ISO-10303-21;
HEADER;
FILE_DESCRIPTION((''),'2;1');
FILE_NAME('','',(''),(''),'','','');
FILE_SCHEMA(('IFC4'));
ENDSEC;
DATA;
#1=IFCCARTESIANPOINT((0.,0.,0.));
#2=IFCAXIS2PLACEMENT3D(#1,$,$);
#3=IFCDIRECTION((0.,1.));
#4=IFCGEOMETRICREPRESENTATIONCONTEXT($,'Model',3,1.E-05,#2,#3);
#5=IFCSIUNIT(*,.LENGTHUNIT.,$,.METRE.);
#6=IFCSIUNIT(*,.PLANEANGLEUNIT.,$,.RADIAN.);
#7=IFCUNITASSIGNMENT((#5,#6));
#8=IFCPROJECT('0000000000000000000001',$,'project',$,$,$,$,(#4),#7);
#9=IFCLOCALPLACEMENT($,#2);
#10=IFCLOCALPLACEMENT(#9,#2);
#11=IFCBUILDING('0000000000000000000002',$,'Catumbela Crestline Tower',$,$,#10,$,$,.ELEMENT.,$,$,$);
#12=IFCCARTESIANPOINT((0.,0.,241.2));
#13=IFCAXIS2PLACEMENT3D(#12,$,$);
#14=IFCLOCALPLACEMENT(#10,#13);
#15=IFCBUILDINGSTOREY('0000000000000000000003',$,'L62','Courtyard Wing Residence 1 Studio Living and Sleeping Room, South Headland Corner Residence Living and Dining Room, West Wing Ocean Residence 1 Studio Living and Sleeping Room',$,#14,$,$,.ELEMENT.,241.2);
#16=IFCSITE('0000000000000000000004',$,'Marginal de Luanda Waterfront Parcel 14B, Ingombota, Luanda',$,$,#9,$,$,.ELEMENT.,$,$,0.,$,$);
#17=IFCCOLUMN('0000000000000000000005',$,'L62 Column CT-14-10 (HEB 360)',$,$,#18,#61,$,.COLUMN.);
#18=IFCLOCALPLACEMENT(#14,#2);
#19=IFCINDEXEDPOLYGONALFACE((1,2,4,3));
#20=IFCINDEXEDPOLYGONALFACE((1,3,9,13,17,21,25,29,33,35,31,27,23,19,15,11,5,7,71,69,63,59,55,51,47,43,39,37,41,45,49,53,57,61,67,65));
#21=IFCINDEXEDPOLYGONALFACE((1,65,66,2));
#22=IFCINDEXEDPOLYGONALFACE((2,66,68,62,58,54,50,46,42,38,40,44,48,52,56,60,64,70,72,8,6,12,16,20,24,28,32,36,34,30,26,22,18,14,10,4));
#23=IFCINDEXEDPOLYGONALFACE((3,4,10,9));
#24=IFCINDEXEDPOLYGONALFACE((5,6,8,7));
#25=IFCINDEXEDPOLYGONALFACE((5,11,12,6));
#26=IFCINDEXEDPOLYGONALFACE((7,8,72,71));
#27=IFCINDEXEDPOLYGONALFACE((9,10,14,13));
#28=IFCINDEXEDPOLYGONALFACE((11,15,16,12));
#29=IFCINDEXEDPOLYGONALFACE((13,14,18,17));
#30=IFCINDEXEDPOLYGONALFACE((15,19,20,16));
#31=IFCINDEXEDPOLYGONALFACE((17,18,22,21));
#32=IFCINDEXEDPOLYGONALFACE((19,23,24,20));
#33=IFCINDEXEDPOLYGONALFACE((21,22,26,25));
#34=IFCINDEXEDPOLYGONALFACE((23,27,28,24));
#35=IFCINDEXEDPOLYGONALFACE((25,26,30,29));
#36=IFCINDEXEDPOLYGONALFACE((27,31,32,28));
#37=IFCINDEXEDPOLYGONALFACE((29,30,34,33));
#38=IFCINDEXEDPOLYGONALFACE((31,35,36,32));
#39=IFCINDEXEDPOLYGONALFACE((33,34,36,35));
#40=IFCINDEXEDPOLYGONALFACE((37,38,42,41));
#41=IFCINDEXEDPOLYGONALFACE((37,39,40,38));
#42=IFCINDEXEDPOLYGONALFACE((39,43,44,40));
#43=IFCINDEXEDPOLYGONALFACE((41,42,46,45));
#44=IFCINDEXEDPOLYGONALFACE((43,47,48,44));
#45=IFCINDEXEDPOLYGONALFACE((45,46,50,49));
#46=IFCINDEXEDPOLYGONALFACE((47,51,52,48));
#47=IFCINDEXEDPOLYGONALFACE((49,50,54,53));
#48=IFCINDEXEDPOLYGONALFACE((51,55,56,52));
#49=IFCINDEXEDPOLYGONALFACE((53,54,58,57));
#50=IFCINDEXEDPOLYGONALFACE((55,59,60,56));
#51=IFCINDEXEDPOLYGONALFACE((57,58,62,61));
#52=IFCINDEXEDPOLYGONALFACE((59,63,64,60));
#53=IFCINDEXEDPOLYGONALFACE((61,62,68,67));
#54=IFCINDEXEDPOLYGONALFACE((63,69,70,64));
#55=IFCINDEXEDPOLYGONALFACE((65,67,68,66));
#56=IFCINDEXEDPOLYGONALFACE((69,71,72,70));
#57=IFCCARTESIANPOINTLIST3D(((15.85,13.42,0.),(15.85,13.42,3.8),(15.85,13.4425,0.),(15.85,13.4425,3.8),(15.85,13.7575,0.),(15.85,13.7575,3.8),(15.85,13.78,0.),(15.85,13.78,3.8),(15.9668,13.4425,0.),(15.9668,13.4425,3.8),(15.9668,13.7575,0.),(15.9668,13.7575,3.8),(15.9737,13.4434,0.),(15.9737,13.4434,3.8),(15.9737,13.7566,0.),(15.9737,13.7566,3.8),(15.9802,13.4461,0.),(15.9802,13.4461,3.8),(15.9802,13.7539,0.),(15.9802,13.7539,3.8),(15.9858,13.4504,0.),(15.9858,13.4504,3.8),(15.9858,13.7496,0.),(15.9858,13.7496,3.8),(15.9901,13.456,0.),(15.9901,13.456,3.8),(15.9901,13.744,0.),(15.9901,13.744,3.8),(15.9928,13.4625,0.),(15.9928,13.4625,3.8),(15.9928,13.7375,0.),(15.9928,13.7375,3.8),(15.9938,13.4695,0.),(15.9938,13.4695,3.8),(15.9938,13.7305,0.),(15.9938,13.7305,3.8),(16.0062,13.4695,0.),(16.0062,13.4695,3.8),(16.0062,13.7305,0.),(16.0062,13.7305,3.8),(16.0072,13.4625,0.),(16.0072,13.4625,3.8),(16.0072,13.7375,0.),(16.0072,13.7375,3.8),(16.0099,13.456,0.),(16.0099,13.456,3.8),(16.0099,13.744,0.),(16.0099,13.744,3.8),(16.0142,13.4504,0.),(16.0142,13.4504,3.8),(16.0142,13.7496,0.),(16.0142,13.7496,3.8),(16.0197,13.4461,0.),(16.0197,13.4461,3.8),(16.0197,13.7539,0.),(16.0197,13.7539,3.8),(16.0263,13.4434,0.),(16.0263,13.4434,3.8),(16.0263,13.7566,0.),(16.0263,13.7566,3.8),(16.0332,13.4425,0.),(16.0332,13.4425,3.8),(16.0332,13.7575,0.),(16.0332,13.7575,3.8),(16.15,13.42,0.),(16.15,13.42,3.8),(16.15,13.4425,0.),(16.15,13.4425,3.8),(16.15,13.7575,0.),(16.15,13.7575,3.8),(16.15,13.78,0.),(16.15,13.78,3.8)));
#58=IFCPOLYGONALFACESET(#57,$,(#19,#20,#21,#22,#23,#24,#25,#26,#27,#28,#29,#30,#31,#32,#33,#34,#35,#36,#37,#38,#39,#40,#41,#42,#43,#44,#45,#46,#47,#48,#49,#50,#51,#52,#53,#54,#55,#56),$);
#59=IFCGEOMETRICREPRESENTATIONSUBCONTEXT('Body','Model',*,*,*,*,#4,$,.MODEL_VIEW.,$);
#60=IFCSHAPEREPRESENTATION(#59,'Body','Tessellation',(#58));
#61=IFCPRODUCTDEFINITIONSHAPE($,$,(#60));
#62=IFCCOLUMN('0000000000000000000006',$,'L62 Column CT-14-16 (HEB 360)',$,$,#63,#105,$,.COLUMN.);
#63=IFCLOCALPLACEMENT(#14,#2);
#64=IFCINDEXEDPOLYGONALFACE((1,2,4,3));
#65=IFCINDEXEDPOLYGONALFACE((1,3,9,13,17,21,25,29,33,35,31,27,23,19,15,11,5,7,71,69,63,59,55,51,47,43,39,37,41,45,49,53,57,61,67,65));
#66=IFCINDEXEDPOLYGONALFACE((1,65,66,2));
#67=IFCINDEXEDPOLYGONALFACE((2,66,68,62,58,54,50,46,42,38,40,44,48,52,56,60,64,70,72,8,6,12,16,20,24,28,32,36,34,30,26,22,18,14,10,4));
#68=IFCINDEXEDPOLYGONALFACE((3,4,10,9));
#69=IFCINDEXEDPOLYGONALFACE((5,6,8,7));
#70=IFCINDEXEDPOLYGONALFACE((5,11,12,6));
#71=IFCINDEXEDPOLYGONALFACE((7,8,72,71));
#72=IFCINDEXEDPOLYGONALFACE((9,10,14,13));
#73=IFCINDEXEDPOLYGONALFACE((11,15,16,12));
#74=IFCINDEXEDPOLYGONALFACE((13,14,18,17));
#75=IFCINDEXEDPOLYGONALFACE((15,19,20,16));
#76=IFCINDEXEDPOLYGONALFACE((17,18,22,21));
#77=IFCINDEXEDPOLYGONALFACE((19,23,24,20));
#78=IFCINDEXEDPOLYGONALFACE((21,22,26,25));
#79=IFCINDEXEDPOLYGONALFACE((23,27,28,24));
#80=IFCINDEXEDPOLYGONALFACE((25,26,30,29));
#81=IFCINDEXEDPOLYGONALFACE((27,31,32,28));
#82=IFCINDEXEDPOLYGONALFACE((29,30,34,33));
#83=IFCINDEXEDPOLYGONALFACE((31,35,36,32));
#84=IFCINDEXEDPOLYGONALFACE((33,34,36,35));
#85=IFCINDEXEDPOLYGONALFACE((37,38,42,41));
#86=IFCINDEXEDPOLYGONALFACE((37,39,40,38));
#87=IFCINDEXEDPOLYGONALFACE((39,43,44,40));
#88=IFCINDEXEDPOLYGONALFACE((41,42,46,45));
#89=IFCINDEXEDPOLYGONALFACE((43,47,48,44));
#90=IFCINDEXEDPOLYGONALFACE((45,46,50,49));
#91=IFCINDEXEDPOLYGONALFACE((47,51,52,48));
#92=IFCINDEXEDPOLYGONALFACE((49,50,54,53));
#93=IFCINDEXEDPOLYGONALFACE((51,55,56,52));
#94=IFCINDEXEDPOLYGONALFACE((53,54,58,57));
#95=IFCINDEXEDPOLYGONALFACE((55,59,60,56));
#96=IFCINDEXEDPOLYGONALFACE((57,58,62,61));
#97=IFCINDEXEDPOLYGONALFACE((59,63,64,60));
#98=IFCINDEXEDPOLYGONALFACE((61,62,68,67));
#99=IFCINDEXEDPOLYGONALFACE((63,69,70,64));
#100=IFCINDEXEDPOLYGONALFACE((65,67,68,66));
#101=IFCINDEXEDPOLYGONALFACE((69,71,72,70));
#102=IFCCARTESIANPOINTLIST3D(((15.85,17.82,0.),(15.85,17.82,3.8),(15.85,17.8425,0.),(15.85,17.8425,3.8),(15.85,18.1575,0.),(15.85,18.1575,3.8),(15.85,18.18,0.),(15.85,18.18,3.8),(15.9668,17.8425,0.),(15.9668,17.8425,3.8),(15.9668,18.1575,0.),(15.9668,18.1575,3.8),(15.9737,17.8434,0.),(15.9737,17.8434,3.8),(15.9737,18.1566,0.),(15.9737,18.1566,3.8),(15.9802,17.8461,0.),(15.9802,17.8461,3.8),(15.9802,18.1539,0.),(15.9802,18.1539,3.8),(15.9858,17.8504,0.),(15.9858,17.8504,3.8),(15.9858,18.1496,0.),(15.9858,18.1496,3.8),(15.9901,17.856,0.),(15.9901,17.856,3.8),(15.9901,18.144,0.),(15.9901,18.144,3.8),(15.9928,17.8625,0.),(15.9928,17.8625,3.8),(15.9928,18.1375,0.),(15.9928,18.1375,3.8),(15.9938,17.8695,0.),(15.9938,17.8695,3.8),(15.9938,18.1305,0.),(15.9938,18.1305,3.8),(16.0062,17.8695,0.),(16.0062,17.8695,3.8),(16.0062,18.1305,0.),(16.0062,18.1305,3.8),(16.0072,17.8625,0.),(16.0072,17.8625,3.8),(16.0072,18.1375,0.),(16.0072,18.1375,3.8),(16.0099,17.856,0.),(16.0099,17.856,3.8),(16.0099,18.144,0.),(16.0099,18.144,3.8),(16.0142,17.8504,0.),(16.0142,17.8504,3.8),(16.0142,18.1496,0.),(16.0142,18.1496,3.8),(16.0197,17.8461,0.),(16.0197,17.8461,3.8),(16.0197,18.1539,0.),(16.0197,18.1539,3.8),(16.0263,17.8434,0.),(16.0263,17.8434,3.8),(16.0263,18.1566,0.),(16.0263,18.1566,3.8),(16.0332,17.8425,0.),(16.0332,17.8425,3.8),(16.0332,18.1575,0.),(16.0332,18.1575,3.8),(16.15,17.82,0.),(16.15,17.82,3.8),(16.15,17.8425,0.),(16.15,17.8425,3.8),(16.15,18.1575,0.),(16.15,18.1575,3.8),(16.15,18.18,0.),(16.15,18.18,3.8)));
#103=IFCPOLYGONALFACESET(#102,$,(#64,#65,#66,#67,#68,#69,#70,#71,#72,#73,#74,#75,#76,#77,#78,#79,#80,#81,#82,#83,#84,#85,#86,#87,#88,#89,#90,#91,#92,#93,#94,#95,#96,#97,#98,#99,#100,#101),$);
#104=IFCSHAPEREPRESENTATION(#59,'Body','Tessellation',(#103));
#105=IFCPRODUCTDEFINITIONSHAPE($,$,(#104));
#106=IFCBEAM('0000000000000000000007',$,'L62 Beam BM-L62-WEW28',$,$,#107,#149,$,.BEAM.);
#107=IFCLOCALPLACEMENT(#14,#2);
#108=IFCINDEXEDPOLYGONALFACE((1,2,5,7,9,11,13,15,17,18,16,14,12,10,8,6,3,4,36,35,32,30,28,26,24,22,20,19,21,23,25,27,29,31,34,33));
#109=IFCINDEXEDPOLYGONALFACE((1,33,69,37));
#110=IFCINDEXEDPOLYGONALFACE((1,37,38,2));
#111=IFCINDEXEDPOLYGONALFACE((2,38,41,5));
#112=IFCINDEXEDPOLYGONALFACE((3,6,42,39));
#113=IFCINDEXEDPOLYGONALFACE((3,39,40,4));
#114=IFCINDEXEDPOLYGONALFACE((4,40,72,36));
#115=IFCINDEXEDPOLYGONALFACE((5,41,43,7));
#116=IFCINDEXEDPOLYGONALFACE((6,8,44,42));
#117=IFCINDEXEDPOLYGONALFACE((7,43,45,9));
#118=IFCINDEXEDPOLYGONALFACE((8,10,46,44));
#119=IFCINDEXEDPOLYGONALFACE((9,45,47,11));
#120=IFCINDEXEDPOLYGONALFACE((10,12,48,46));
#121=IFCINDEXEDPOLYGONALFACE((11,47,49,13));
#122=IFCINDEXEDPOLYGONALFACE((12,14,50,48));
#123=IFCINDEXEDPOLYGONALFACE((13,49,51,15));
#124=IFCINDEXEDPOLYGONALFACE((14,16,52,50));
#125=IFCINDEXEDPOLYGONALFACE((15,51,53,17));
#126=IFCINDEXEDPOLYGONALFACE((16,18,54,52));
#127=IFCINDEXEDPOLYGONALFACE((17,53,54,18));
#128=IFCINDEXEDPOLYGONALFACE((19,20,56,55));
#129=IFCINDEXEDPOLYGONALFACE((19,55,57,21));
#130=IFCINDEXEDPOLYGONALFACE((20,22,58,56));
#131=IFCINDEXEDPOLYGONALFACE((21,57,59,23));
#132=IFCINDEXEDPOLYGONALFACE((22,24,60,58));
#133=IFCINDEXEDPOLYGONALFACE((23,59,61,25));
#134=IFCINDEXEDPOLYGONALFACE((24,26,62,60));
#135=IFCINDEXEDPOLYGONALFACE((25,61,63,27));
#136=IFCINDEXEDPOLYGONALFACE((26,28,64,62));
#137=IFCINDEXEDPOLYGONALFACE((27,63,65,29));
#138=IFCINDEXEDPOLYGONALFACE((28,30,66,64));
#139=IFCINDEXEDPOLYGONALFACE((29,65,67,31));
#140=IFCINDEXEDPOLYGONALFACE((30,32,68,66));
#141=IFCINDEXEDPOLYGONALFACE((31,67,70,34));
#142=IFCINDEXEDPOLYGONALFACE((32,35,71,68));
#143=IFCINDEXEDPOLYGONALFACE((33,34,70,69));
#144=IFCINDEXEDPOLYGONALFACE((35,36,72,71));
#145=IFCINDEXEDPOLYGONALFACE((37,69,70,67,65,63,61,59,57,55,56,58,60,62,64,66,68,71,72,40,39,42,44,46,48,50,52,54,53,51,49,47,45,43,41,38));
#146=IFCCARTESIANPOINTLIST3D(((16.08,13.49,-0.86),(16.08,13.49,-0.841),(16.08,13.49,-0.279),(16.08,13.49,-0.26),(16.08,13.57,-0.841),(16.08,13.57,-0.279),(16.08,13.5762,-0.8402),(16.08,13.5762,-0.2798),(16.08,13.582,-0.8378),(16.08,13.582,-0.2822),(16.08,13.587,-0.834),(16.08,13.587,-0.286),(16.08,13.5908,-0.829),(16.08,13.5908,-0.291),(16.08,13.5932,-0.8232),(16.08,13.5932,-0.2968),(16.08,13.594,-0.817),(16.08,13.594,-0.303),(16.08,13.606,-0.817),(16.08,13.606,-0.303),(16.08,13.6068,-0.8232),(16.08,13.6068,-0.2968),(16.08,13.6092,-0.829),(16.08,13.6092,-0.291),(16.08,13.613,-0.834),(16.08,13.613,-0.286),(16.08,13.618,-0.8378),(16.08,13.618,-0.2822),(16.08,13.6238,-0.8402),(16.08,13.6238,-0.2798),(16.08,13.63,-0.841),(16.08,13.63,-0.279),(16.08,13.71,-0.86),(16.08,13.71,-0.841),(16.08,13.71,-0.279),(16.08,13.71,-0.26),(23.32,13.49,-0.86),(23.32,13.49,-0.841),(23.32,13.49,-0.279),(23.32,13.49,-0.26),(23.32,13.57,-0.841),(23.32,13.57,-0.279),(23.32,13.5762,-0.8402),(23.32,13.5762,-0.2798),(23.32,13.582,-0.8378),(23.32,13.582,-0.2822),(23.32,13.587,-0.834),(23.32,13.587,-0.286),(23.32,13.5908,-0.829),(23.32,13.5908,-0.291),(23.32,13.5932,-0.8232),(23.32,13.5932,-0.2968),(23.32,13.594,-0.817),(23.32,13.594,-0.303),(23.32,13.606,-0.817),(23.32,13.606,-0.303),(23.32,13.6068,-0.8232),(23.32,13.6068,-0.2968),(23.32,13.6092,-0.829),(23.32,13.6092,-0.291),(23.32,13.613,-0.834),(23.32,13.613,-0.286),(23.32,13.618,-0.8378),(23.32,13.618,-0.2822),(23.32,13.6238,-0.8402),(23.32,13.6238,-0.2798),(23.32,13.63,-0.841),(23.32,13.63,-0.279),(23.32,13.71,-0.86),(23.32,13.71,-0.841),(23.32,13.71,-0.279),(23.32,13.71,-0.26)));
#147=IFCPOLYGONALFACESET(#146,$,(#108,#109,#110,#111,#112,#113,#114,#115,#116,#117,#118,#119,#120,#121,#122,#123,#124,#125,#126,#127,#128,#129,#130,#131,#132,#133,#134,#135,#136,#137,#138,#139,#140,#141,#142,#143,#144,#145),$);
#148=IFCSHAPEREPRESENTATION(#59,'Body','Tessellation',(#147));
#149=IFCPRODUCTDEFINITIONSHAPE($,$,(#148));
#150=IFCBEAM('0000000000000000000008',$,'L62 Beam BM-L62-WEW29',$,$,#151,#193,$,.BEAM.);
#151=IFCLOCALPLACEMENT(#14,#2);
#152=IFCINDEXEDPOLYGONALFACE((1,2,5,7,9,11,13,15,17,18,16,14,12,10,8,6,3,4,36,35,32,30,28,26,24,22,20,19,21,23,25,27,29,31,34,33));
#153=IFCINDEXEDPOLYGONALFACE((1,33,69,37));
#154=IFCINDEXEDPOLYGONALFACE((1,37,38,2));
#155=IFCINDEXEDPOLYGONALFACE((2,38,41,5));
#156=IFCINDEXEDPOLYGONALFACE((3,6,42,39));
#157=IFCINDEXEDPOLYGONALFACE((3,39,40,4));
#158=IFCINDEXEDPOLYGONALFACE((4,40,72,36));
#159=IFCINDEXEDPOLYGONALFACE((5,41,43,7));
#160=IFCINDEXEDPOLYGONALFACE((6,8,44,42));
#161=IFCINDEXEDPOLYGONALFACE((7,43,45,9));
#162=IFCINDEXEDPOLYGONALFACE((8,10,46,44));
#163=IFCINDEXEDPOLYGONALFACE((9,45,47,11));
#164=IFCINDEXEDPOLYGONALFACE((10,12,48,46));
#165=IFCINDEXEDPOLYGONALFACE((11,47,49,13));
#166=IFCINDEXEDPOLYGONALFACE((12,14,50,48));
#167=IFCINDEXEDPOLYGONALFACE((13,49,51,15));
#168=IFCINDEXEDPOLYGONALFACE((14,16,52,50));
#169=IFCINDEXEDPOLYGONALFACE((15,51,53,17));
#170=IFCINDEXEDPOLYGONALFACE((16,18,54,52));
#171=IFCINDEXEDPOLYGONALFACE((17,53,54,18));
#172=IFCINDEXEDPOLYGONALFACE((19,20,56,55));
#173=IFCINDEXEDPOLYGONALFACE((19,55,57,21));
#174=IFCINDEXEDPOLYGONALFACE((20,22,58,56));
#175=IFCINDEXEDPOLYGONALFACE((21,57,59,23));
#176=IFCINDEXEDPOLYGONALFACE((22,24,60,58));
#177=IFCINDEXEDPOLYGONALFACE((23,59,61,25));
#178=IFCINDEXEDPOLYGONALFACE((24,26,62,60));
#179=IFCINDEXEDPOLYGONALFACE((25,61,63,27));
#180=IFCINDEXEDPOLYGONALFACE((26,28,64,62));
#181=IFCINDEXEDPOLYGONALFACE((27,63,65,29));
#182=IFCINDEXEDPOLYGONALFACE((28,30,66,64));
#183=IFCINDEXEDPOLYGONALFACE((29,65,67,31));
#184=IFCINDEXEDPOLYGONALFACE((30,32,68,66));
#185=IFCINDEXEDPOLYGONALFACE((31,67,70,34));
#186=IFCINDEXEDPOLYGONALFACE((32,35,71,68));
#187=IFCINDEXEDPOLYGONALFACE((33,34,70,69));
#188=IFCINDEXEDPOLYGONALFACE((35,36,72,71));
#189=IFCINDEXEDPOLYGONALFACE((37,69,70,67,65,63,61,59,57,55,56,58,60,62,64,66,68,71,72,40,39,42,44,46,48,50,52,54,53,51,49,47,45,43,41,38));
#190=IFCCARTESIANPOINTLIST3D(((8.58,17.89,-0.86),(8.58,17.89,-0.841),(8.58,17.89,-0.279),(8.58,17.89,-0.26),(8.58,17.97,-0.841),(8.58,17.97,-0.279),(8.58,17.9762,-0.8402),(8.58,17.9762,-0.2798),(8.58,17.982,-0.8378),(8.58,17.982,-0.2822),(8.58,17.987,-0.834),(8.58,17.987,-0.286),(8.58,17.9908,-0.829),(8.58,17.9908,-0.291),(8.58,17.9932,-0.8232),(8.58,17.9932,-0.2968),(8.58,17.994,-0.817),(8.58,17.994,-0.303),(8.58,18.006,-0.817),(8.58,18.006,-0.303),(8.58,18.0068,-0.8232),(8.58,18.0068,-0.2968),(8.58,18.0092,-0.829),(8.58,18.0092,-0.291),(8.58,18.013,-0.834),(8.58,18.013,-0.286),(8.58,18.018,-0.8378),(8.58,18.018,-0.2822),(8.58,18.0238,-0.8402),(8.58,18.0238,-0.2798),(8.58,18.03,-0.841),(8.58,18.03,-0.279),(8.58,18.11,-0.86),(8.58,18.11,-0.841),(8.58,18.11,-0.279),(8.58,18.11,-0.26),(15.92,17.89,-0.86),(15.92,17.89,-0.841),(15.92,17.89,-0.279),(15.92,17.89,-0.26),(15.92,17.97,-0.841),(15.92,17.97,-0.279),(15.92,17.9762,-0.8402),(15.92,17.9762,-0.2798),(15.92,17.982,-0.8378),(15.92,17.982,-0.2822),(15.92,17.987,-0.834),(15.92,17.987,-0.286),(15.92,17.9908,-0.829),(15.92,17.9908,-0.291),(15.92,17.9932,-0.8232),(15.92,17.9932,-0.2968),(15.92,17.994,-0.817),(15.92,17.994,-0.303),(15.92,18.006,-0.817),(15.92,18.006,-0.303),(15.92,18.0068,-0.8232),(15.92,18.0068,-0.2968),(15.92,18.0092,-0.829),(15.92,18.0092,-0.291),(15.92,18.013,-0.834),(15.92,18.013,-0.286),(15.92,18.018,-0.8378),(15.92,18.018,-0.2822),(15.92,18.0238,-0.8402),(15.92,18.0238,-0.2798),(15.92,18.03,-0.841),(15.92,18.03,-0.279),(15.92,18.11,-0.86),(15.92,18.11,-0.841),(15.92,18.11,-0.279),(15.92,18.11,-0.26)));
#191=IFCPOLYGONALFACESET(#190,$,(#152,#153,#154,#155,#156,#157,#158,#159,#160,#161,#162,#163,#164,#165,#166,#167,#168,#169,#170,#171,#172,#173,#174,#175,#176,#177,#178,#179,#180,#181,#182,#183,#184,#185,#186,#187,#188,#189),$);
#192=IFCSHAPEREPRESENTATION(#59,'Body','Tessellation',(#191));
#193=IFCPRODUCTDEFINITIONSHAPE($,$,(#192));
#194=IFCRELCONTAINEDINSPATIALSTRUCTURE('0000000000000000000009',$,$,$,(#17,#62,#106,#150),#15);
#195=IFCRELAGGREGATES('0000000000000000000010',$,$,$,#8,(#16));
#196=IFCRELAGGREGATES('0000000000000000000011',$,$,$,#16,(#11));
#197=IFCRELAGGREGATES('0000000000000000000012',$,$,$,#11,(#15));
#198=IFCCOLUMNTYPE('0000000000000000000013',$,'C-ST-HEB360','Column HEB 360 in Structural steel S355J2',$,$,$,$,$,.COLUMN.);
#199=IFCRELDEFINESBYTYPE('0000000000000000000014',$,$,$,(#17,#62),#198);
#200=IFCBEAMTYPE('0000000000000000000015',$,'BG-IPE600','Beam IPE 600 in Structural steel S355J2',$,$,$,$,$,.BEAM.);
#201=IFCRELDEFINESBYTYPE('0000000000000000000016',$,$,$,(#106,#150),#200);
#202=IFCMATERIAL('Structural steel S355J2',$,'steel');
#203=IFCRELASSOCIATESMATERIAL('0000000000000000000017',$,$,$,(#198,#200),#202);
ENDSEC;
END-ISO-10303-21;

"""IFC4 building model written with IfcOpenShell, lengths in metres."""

from ifc_helpers import new_model, si_unit, direction, frame, origin, origin_2d, place, context, subcontext, project, spatial, i_section, extrude, material, material_profile, profile_set, type_object, element, save


model = new_model("IFC4")

# Units and contexts
model_context = context("Model", 3, precision=1e-05, world=origin(), true_north=direction((0.0, 1.0)))
body_context = subcontext(model_context, "Body", "Model", "MODEL_VIEW")
ifc_project = project(units=[si_unit("LENGTHUNIT", "METRE"), si_unit("PLANEANGLEUNIT", "RADIAN")], contexts=[model_context])

# Site, building, storey
site_placement = place(None, origin())
site = spatial("IfcSite", under=ifc_project, at=site_placement, Name="Marginal de Luanda Waterfront Parcel 14B, Ingombota, Luanda", CompositionType="ELEMENT", RefElevation=0.0)
building_placement = place(site_placement, origin())
building = spatial("IfcBuilding", under=site, at=building_placement, Name="Catumbela Crestline Tower", CompositionType="ELEMENT")
storey_placement = place(building_placement, frame((0.0, 0.0, 241.2)))
storey = spatial("IfcBuildingStorey", under=building, at=storey_placement, Name="L62", Description="Courtyard Wing Residence 1 Studio Living and Sleeping Room, South Headland Corner Residence Living and Dining Room, West Wing Ocean Residence 1 Studio Living and Sleeping Room", CompositionType="ELEMENT", Elevation=241.2)

# Columns
ifc_material_1 = material(Name="Structural steel S355J2", Category="steel")
ifc_material_profile_1 = material_profile(ifc_material_1, i_section(OverallWidth=0.3, OverallDepth=0.36, WebThickness=0.0125, FlangeThickness=0.0225, FilletRadius=0.027, at=origin_2d()), Name="HEB 360")
ifc_profile_set_1 = profile_set([ifc_material_profile_1], Name="Structural steel S355J2")
column_type = type_object("IfcColumnType", Name="C-ST-HEB360", Description="Column HEB 360 in Structural steel S355J2", PredefinedType="COLUMN", material=ifc_profile_set_1)
for number, where, z_axis, x_axis, name in (
    (1, (16.0, 13.6, 0.0), (0.0, 0.0, 1.0), (1.0, 0.0, 0.0), "L62 Column CT-14-10 (HEB 360)"),
    (2, (16.0, 18.0, 0.0), (0.0, 0.0, 1.0), (1.0, 0.0, 0.0), "L62 Column CT-14-16 (HEB 360)"),
):
    element("IfcColumn", number, at=place(storey_placement, frame(where, z_axis=z_axis, x_axis=x_axis)), inside=storey, type_object=column_type, Name=name, PredefinedType="COLUMN", context=body_context, shape_type="SweptSolid", body=[
        extrude(i_section(OverallWidth=0.3, OverallDepth=0.36, WebThickness=0.0125, FlangeThickness=0.0225, FilletRadius=0.027, at=origin_2d()), origin(), (0.0, 0.0, 1.0), 3.8),
    ])

# Beams
ifc_material_profile_2 = material_profile(ifc_material_1, i_section(OverallWidth=0.22, OverallDepth=0.6, WebThickness=0.012, FlangeThickness=0.019, FilletRadius=0.024, at=origin_2d()), Name="IPE 600")
ifc_profile_set_2 = profile_set([ifc_material_profile_2], Name="Structural steel S355J2")
beam_type_1 = type_object("IfcBeamType", Name="BG-IPE600", Description="Beam IPE 600 in Structural steel S355J2", PredefinedType="BEAM", material=ifc_profile_set_2)
beam_1_placement = place(storey_placement, frame((16.08, 13.6, -0.56), z_axis=(1.0, 0.0, 0.0), x_axis=(0.0, 1.0, 0.0)))
element("IfcBeam", 3, at=beam_1_placement, inside=storey, type_object=beam_type_1, Name="L62 Beam BM-L62-WEW28", PredefinedType="BEAM", context=body_context, shape_type="SweptSolid", body=[
    extrude(i_section(OverallWidth=0.22, OverallDepth=0.6, WebThickness=0.012, FlangeThickness=0.019, FilletRadius=0.024, at=origin_2d()), origin(), (0.0, 0.0, 1.0), 7.24),
])
beam_2_placement = place(storey_placement, frame((8.58, 18.0, -0.56), z_axis=(1.0, 0.0, 0.0), x_axis=(0.0, 1.0, 0.0)))
element("IfcBeam", 4, at=beam_2_placement, inside=storey, type_object=beam_type_1, Name="L62 Beam BM-L62-WEW29", PredefinedType="BEAM", context=body_context, shape_type="SweptSolid", body=[
    extrude(i_section(OverallWidth=0.22, OverallDepth=0.6, WebThickness=0.012, FlangeThickness=0.019, FilletRadius=0.024, at=origin_2d()), origin(), (0.0, 0.0, 1.0), 7.34),
])

save(model, "model.ifc")
